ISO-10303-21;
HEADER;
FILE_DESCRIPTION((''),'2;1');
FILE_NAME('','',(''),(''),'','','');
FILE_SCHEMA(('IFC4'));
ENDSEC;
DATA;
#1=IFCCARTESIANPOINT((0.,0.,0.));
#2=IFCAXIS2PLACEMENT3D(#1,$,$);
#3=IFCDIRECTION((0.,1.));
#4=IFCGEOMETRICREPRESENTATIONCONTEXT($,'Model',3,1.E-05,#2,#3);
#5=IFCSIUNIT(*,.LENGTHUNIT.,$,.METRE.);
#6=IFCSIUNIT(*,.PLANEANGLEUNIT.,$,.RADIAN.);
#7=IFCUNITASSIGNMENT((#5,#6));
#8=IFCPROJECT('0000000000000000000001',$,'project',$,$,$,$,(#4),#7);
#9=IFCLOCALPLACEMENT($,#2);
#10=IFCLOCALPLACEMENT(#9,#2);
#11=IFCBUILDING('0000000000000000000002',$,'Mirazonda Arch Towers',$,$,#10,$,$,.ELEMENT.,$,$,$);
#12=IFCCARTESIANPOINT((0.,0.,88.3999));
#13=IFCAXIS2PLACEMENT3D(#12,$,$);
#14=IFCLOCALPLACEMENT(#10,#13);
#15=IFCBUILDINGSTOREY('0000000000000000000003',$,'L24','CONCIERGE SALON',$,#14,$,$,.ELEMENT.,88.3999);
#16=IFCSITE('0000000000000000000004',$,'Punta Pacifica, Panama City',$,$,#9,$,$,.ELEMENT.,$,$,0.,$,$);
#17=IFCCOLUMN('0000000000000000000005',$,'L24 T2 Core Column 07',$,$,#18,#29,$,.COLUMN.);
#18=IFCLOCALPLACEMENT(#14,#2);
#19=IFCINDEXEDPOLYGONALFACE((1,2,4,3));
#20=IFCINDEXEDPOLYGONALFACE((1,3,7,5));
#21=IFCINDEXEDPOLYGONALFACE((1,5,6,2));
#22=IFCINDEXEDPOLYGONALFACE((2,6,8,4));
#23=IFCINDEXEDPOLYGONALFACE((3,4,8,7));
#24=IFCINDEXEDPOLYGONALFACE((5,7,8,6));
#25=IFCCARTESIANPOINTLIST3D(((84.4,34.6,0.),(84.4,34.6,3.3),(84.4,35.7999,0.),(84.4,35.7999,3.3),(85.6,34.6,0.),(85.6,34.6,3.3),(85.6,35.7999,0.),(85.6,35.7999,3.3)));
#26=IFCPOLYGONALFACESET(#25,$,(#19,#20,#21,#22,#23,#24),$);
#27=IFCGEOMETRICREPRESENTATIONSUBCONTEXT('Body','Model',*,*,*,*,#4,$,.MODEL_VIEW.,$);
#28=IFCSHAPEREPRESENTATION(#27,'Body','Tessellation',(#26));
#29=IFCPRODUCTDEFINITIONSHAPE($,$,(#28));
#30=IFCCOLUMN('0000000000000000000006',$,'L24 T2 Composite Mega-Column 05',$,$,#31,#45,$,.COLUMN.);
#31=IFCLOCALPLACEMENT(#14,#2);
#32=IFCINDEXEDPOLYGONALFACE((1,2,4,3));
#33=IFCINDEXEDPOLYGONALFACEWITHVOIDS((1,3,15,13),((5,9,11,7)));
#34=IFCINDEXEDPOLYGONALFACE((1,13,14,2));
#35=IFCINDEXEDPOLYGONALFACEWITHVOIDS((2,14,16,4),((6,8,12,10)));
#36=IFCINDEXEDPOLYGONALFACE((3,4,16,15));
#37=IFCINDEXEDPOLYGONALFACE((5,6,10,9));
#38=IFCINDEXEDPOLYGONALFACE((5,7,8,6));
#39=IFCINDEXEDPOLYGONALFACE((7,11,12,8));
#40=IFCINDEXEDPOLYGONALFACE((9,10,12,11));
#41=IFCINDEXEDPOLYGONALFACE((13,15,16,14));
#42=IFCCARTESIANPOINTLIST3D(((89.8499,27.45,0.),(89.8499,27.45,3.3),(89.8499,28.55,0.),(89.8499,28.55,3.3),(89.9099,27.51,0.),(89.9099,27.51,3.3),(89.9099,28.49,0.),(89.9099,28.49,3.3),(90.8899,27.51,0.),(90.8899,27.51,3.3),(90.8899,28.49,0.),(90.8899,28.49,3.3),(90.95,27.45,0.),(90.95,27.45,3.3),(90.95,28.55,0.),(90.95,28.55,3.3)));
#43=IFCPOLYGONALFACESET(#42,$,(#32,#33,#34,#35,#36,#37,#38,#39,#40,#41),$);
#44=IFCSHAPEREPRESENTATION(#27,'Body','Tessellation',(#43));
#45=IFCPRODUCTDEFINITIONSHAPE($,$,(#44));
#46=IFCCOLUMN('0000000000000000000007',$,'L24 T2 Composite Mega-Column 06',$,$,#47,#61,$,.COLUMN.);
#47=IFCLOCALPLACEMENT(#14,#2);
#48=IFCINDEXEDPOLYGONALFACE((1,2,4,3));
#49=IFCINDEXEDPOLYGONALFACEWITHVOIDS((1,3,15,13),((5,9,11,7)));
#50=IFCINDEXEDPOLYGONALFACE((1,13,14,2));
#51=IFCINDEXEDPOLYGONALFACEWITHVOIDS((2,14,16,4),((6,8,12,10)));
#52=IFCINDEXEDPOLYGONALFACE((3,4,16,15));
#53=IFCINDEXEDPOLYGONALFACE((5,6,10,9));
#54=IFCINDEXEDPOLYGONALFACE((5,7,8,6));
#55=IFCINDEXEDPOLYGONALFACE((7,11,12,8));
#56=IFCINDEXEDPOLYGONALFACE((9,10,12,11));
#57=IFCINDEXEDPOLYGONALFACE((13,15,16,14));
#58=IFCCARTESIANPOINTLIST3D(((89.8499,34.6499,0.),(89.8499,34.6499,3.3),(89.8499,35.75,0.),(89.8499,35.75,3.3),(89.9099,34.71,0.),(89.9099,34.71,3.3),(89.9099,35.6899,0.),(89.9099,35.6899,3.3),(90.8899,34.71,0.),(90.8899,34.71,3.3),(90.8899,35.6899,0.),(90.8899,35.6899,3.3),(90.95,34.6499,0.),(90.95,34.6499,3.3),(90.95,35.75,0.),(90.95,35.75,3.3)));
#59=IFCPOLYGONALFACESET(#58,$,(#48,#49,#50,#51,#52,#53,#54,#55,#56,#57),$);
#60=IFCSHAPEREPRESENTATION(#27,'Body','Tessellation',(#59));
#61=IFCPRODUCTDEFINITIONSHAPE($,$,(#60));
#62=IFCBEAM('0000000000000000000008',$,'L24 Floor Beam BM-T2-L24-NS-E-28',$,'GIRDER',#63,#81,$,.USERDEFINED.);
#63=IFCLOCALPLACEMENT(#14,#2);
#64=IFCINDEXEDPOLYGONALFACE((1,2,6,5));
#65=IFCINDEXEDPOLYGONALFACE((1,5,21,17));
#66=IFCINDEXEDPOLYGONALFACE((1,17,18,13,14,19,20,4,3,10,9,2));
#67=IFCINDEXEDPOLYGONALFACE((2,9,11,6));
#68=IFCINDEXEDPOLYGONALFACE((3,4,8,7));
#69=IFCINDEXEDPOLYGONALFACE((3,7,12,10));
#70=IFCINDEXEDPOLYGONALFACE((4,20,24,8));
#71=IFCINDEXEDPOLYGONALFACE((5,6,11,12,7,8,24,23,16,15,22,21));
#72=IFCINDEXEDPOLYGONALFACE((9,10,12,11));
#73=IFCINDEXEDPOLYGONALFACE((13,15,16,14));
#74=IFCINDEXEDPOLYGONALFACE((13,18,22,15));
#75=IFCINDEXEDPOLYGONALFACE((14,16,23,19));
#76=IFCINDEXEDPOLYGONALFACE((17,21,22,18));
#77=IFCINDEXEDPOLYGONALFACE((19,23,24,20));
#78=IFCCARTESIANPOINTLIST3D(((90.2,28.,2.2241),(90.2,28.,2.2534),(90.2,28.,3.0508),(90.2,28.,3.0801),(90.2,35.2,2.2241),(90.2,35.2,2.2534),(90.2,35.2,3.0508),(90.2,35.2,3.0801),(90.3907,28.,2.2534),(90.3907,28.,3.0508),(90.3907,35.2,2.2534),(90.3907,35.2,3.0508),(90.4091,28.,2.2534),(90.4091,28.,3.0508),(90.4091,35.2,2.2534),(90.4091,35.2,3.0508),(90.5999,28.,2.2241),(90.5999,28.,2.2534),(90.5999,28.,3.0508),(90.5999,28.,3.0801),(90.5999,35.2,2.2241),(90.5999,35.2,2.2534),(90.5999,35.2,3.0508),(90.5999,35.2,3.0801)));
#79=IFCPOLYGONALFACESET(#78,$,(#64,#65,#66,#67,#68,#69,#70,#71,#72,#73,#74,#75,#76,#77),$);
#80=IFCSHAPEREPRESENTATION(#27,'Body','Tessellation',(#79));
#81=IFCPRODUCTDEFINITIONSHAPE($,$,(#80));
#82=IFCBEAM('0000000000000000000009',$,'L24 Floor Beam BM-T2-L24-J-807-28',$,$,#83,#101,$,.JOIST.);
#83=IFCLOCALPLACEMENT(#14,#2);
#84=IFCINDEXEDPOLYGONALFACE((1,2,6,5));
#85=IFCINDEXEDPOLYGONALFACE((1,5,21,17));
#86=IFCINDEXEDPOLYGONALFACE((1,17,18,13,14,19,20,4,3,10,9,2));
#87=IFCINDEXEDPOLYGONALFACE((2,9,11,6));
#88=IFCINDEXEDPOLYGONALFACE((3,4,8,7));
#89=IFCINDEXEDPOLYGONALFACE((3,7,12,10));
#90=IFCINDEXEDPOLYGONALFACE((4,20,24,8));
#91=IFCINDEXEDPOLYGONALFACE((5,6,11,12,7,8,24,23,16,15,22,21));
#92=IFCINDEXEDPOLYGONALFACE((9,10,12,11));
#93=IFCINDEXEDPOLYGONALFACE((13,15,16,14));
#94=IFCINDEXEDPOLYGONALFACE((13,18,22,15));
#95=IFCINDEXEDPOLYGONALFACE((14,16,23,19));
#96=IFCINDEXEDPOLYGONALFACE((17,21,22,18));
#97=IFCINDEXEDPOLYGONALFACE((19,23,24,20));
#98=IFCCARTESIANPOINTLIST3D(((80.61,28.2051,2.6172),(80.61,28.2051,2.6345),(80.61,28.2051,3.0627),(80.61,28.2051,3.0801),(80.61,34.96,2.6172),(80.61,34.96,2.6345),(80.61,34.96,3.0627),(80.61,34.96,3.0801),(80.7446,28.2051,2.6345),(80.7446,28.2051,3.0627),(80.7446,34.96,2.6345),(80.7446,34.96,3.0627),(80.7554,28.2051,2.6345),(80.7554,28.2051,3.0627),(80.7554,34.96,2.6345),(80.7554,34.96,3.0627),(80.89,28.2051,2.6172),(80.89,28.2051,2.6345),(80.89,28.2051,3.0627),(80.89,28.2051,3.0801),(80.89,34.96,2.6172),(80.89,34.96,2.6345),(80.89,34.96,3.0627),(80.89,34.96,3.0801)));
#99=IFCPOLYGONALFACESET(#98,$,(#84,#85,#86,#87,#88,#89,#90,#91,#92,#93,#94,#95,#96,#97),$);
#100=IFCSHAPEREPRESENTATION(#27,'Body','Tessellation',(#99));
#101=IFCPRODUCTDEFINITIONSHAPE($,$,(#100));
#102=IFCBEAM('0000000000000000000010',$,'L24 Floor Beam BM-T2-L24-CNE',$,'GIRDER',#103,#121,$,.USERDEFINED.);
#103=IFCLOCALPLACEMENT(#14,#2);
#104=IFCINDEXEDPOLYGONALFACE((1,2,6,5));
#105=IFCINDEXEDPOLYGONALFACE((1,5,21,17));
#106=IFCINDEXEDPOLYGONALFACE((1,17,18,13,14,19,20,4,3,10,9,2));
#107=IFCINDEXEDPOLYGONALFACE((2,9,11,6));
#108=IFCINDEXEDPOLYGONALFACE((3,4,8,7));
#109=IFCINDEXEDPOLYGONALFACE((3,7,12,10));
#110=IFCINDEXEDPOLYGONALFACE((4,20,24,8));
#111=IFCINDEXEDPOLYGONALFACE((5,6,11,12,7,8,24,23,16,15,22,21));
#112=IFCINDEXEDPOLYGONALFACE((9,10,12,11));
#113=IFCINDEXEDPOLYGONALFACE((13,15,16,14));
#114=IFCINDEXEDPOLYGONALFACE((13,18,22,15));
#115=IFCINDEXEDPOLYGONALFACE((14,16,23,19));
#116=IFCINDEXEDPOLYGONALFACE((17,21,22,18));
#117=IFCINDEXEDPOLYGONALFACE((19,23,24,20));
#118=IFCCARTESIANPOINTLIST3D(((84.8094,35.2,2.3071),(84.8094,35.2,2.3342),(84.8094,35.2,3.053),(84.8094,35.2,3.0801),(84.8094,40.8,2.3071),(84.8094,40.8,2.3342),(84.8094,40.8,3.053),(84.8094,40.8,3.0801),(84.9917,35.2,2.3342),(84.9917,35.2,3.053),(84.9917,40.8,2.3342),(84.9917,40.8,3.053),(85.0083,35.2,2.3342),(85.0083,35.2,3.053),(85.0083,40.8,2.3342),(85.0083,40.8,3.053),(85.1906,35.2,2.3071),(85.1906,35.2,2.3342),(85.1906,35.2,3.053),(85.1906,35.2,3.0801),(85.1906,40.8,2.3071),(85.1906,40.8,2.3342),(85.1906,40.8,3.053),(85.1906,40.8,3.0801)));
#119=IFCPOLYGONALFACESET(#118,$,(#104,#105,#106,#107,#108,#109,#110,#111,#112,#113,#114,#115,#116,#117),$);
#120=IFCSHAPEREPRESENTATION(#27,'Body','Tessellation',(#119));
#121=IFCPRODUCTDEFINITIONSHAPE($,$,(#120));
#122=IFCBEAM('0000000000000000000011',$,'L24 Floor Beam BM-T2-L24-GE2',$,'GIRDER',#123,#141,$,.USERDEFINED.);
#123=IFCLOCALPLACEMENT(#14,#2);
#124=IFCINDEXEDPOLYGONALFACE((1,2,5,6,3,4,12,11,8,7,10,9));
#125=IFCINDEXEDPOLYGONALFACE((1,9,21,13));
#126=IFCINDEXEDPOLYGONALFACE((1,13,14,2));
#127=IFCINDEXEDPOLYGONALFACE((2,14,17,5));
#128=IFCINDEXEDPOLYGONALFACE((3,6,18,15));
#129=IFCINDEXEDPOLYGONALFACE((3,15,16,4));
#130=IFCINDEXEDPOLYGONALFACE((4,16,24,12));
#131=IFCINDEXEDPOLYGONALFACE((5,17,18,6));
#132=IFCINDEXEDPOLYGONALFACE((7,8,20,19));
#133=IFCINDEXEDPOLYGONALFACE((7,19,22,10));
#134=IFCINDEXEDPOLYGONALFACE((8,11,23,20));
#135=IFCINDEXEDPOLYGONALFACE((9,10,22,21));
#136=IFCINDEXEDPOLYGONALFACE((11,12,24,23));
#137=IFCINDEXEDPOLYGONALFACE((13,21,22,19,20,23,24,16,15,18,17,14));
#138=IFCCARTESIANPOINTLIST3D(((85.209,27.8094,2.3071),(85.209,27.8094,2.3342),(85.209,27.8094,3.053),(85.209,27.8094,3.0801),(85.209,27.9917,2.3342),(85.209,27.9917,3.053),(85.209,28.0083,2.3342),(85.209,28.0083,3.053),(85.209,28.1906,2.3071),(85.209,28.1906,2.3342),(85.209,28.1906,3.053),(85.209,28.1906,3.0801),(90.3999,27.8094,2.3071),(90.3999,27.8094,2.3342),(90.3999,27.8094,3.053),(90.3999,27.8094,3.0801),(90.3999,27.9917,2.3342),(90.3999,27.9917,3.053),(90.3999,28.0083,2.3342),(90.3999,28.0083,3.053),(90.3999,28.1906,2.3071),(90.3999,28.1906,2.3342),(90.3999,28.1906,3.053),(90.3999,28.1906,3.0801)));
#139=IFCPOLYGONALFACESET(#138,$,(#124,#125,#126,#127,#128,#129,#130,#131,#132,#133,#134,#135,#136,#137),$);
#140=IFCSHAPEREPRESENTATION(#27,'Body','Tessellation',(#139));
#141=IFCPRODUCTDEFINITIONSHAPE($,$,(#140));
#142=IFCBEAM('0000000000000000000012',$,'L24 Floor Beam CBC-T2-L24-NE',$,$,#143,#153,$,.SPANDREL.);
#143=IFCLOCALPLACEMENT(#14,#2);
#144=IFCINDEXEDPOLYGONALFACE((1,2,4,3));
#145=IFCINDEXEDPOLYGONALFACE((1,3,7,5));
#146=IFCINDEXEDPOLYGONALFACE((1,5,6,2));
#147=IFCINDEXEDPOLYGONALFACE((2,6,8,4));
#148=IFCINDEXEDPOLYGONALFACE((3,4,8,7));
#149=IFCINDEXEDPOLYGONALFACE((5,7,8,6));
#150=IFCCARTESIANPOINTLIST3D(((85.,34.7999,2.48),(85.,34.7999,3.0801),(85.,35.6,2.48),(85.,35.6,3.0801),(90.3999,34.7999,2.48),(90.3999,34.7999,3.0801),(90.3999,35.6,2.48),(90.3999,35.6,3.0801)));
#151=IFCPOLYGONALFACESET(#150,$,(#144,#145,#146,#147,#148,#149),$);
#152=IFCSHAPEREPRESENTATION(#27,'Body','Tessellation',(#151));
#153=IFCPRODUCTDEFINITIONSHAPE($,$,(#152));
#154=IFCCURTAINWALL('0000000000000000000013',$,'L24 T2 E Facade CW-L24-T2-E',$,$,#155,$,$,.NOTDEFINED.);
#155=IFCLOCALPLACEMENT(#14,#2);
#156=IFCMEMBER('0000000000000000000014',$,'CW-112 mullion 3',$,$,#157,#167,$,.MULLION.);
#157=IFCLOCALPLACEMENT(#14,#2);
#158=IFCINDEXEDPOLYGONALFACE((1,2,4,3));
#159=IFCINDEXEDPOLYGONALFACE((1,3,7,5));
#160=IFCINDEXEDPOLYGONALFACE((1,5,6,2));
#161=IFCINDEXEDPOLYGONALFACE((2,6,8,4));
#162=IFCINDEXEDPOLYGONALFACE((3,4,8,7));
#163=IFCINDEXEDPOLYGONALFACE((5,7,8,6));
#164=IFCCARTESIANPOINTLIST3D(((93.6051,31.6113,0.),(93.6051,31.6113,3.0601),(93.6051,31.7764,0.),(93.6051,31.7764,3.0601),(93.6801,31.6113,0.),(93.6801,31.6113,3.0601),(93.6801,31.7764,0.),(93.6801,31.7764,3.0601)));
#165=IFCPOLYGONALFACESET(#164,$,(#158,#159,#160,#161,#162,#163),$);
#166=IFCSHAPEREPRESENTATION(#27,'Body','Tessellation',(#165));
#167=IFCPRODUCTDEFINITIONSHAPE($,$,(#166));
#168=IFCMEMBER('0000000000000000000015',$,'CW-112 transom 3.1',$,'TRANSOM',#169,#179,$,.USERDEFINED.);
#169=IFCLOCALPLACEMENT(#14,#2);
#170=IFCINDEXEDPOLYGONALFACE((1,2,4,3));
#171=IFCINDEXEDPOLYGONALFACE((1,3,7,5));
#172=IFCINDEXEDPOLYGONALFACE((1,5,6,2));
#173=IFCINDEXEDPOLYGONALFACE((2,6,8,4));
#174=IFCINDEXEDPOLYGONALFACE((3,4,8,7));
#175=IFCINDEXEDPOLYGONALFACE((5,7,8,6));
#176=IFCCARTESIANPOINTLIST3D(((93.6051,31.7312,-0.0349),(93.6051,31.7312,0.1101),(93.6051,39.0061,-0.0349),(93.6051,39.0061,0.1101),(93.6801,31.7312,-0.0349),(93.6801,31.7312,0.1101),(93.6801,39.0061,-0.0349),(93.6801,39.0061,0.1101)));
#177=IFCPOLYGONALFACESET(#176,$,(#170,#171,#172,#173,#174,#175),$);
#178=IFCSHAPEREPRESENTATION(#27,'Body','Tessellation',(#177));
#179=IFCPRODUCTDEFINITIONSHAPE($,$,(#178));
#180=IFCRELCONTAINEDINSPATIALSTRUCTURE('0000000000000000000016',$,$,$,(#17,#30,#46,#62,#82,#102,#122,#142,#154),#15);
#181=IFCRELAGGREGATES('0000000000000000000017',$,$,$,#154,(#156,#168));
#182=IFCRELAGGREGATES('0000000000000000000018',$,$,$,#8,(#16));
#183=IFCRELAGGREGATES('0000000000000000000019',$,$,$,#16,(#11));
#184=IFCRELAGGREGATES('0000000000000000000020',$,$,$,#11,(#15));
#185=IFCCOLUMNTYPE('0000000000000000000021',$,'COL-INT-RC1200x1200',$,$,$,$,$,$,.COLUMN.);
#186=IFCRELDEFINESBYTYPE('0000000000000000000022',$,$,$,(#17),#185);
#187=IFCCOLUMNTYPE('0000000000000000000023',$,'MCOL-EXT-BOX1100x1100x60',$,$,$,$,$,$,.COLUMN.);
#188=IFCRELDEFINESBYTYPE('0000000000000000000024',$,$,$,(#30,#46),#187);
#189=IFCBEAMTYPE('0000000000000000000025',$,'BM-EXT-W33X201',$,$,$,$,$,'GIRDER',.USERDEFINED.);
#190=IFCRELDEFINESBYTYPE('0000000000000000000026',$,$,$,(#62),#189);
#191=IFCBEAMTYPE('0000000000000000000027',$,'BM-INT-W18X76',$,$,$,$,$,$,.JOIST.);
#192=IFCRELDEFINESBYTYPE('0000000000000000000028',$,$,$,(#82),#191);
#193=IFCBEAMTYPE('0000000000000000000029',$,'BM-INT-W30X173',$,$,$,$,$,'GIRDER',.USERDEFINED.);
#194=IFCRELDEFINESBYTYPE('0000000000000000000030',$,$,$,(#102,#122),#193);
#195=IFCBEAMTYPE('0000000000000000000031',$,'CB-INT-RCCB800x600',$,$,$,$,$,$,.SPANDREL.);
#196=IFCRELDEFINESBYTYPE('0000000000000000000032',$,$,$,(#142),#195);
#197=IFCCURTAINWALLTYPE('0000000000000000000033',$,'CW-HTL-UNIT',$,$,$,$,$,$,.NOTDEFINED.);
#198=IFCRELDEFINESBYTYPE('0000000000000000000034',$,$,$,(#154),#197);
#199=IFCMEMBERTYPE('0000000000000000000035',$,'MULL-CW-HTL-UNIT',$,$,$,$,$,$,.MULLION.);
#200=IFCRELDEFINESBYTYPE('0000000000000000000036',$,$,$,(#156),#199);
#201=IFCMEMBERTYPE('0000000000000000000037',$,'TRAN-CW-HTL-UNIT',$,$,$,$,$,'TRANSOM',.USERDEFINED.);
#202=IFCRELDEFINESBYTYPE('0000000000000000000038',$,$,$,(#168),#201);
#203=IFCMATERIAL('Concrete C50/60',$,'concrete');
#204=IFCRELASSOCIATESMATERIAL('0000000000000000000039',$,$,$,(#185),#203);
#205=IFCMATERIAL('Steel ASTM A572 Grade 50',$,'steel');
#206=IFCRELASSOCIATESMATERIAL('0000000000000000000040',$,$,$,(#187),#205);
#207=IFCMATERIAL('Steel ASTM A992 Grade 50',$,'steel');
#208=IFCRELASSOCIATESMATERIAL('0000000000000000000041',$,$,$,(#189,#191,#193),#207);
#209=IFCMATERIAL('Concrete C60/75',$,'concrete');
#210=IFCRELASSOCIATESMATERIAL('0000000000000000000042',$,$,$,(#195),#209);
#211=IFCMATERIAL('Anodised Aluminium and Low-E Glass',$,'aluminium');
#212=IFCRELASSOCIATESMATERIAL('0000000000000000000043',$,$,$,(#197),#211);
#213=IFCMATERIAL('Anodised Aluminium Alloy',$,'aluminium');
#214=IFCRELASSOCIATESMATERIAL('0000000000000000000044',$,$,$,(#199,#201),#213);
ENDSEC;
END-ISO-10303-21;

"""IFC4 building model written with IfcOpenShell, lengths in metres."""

from ifc_helpers import new_model, si_unit, direction, frame, origin, origin_2d, place, context, subcontext, project, spatial, rectangle, hollow_rectangle, i_section, extrude, material, material_profile, profile_set, type_object, element, aggregate, save


model = new_model("IFC4")

# Units and contexts
model_context = context("Model", 3, precision=1e-05, world=origin(), true_north=direction((0.0, 1.0)))
body_context = subcontext(model_context, "Body", "Model", "MODEL_VIEW")
ifc_project = project(units=[si_unit("LENGTHUNIT", "METRE"), si_unit("PLANEANGLEUNIT", "RADIAN")], contexts=[model_context])

# Site, building, storey
site_placement = place(None, origin())
site = spatial("IfcSite", under=ifc_project, at=site_placement, Name="Punta Pacifica, Panama City", CompositionType="ELEMENT", RefElevation=0.0)
building_placement = place(site_placement, origin())
building = spatial("IfcBuilding", under=site, at=building_placement, Name="Mirazonda Arch Towers", CompositionType="ELEMENT")
storey_placement = place(building_placement, frame((0.0, 0.0, 88.3999)))
storey = spatial("IfcBuildingStorey", under=building, at=storey_placement, Name="L24", Description="CONCIERGE SALON", CompositionType="ELEMENT", Elevation=88.3999)

# Columns
ifc_material_1 = material(Name="Concrete C50/60", Category="concrete")
ifc_material_profile_1 = material_profile(ifc_material_1, rectangle(XDim=1.2, YDim=1.2, at=origin_2d()), Name="RC1200x1200")
ifc_profile_set_1 = profile_set([ifc_material_profile_1], Name="Concrete C50/60")
column_type_1 = type_object("IfcColumnType", Name="COL-INT-RC1200x1200", PredefinedType="COLUMN", material=ifc_profile_set_1)
column_placement = place(storey_placement, frame((85.0, 35.2, 0.0), z_axis=(0.0, 0.0, 1.0), x_axis=(1.0, 0.0, 0.0)))
element("IfcColumn", 1, at=column_placement, inside=storey, type_object=column_type_1, Name="L24 T2 Core Column 07", PredefinedType="COLUMN", context=body_context, shape_type="SweptSolid", body=[
    extrude(rectangle(XDim=1.2, YDim=1.2, at=origin_2d()), origin(), (0.0, 0.0, 1.0), 3.3),
])
ifc_material_2 = material(Name="Steel ASTM A572 Grade 50", Category="steel")
ifc_material_profile_2 = material_profile(ifc_material_2, hollow_rectangle(XDim=1.1001, YDim=1.1001, WallThickness=0.0601, at=origin_2d()), Name="BOX1100x1100x60")
ifc_profile_set_2 = profile_set([ifc_material_profile_2], Name="Steel ASTM A572 Grade 50")
column_type_2 = type_object("IfcColumnType", Name="MCOL-EXT-BOX1100x1100x60", PredefinedType="COLUMN", material=ifc_profile_set_2)
for number, where, z_axis, x_axis, name in (
    (2, (90.3999, 28.0, 0.0), (0.0, 0.0, 1.0), (1.0, 0.0, 0.0), "L24 T2 Composite Mega-Column 05"),
    (3, (90.3999, 35.2, 0.0), (0.0, 0.0, 1.0), (1.0, 0.0, 0.0), "L24 T2 Composite Mega-Column 06"),
):
    element("IfcColumn", number, at=place(storey_placement, frame(where, z_axis=z_axis, x_axis=x_axis)), inside=storey, type_object=column_type_2, Name=name, PredefinedType="COLUMN", context=body_context, shape_type="SweptSolid", body=[
        extrude(hollow_rectangle(XDim=1.1001, YDim=1.1001, WallThickness=0.0601, at=origin_2d()), origin(), (0.0, 0.0, 1.0), 3.3),
    ])

# Beams
ifc_material_3 = material(Name="Steel ASTM A992 Grade 50", Category="steel")
ifc_material_profile_3 = material_profile(ifc_material_3, i_section(OverallWidth=0.3999, OverallDepth=0.856, WebThickness=0.0183, FlangeThickness=0.0293, at=origin_2d()), Name="W33X201")
ifc_profile_set_3 = profile_set([ifc_material_profile_3], Name="Steel ASTM A992 Grade 50")
beam_type_1 = type_object("IfcBeamType", Name="BM-EXT-W33X201", ElementType="GIRDER", PredefinedType="USERDEFINED", material=ifc_profile_set_3)
beam_1_placement = place(storey_placement, frame((90.3999, 28.0, 2.6521), z_axis=(0.0, 1.0, 0.0), x_axis=(-1.0, 0.0, 0.0)))
element("IfcBeam", 4, at=beam_1_placement, inside=storey, type_object=beam_type_1, Name="L24 Floor Beam BM-T2-L24-NS-E-28", ObjectType="GIRDER", PredefinedType="USERDEFINED", context=body_context, shape_type="SweptSolid", body=[
    extrude(i_section(OverallWidth=0.3999, OverallDepth=0.856, WebThickness=0.0183, FlangeThickness=0.0293, at=origin_2d()), origin(), (0.0, 0.0, 1.0), 7.2),
])
ifc_material_profile_4 = material_profile(ifc_material_3, i_section(OverallWidth=0.28, OverallDepth=0.4629, WebThickness=0.0107, FlangeThickness=0.0173, at=origin_2d()), Name="W18X76")
ifc_profile_set_4 = profile_set([ifc_material_profile_4], Name="Steel ASTM A992 Grade 50")
beam_type_2 = type_object("IfcBeamType", Name="BM-INT-W18X76", PredefinedType="JOIST", material=ifc_profile_set_4)
beam_2_placement = place(storey_placement, frame((80.75, 28.2051, 2.8486), z_axis=(0.0, 1.0, 0.0), x_axis=(-1.0, 0.0, 0.0)))
element("IfcBeam", 5, at=beam_2_placement, inside=storey, type_object=beam_type_2, Name="L24 Floor Beam BM-T2-L24-J-807-28", PredefinedType="JOIST", context=body_context, shape_type="SweptSolid", body=[
    extrude(i_section(OverallWidth=0.28, OverallDepth=0.4629, WebThickness=0.0107, FlangeThickness=0.0173, at=origin_2d()), origin(), (0.0, 0.0, 1.0), 6.7549),
])
ifc_material_profile_5 = material_profile(ifc_material_3, i_section(OverallWidth=0.3811, OverallDepth=0.7729, WebThickness=0.0166, FlangeThickness=0.0271, at=origin_2d()), Name="W30X173")
ifc_profile_set_5 = profile_set([ifc_material_profile_5], Name="Steel ASTM A992 Grade 50")
beam_type_3 = type_object("IfcBeamType", Name="BM-INT-W30X173", ElementType="GIRDER", PredefinedType="USERDEFINED", material=ifc_profile_set_5)
beam_3_placement = place(storey_placement, frame((85.0, 35.2, 2.6936), z_axis=(0.0, 1.0, 0.0), x_axis=(-1.0, 0.0, 0.0)))
element("IfcBeam", 6, at=beam_3_placement, inside=storey, type_object=beam_type_3, Name="L24 Floor Beam BM-T2-L24-CNE", ObjectType="GIRDER", PredefinedType="USERDEFINED", context=body_context, shape_type="SweptSolid", body=[
    extrude(i_section(OverallWidth=0.3811, OverallDepth=0.7729, WebThickness=0.0166, FlangeThickness=0.0271, at=origin_2d()), origin(), (0.0, 0.0, 1.0), 5.6001),
])
beam_4_placement = place(storey_placement, frame((85.209, 28.0, 2.6936), z_axis=(1.0, 0.0, 0.0), x_axis=(0.0, 1.0, 0.0)))
element("IfcBeam", 7, at=beam_4_placement, inside=storey, type_object=beam_type_3, Name="L24 Floor Beam BM-T2-L24-GE2", ObjectType="GIRDER", PredefinedType="USERDEFINED", context=body_context, shape_type="SweptSolid", body=[
    extrude(i_section(OverallWidth=0.3811, OverallDepth=0.7729, WebThickness=0.0166, FlangeThickness=0.0271, at=origin_2d()), origin(), (0.0, 0.0, 1.0), 5.1909),
])
ifc_material_4 = material(Name="Concrete C60/75", Category="concrete")
ifc_material_profile_6 = material_profile(ifc_material_4, rectangle(XDim=0.8, YDim=0.6001, at=origin_2d()), Name="RCCB800x600")
ifc_profile_set_6 = profile_set([ifc_material_profile_6], Name="Concrete C60/75")
beam_type_4 = type_object("IfcBeamType", Name="CB-INT-RCCB800x600", PredefinedType="SPANDREL", material=ifc_profile_set_6)
beam_5_placement = place(storey_placement, frame((85.0, 35.2, 2.78), z_axis=(1.0, 0.0, 0.0), x_axis=(0.0, 1.0, 0.0)))
element("IfcBeam", 8, at=beam_5_placement, inside=storey, type_object=beam_type_4, Name="L24 Floor Beam CBC-T2-L24-NE", PredefinedType="SPANDREL", context=body_context, shape_type="SweptSolid", body=[
    extrude(rectangle(XDim=0.8, YDim=0.6001, at=origin_2d()), origin(), (0.0, 0.0, 1.0), 5.3999),
])

# Curtain wall, members
ifc_material_5 = material(Name="Anodised Aluminium and Low-E Glass", Category="aluminium")
curtain_wall_type = type_object("IfcCurtainWallType", Name="CW-HTL-UNIT", PredefinedType="NOTDEFINED", material=ifc_material_5)
curtain_wall_placement = place(storey_placement, origin())
curtain_wall = element("IfcCurtainWall", 9, at=curtain_wall_placement, inside=storey, type_object=curtain_wall_type, Name="L24 T2 E Facade CW-L24-T2-E", PredefinedType="NOTDEFINED")
ifc_material_6 = material(Name="Anodised Aluminium Alloy", Category="aluminium")
ifc_material_profile_7 = material_profile(ifc_material_6, rectangle(XDim=0.075, YDim=0.165, at=origin_2d()), Name="ALU-MULL-75x165")
ifc_profile_set_7 = profile_set([ifc_material_profile_7], Name="Anodised Aluminium Alloy")
member_type_1 = type_object("IfcMemberType", Name="MULL-CW-HTL-UNIT", PredefinedType="MULLION", material=ifc_profile_set_7)
member_1_placement = place(storey_placement, frame((93.6426, 31.6938, 0.0), z_axis=(0.0, 0.0, 1.0), x_axis=(-1.0, 0.0, 0.0)))
member_1 = element("IfcMember", 10, at=member_1_placement, type_object=member_type_1, Name="CW-112 mullion 3", PredefinedType="MULLION", context=body_context, shape_type="SweptSolid", body=[
    extrude(rectangle(XDim=0.075, YDim=0.165, at=origin_2d()), origin(), (0.0, 0.0, 1.0), 3.0601),
])
ifc_material_profile_8 = material_profile(ifc_material_6, rectangle(XDim=0.075, YDim=0.145, at=origin_2d()), Name="ALU-TRAN-75x145")
ifc_profile_set_8 = profile_set([ifc_material_profile_8], Name="Anodised Aluminium Alloy")
member_type_2 = type_object("IfcMemberType", Name="TRAN-CW-HTL-UNIT", ElementType="TRANSOM", PredefinedType="USERDEFINED", material=ifc_profile_set_8)
member_2_placement = place(storey_placement, frame((93.6426, 31.7312, 0.0376), z_axis=(0.0, 1.0, 0.0), x_axis=(-1.0, 0.0, 0.0)))
member_2 = element("IfcMember", 11, at=member_2_placement, type_object=member_type_2, Name="CW-112 transom 3.1", ObjectType="TRANSOM", PredefinedType="USERDEFINED", context=body_context, shape_type="SweptSolid", body=[
    extrude(rectangle(XDim=0.075, YDim=0.145, at=origin_2d()), origin(), (0.0, 0.0, 1.0), 7.2749),
])
aggregate(curtain_wall, [member_1, member_2])

save(model, "model.ifc")
